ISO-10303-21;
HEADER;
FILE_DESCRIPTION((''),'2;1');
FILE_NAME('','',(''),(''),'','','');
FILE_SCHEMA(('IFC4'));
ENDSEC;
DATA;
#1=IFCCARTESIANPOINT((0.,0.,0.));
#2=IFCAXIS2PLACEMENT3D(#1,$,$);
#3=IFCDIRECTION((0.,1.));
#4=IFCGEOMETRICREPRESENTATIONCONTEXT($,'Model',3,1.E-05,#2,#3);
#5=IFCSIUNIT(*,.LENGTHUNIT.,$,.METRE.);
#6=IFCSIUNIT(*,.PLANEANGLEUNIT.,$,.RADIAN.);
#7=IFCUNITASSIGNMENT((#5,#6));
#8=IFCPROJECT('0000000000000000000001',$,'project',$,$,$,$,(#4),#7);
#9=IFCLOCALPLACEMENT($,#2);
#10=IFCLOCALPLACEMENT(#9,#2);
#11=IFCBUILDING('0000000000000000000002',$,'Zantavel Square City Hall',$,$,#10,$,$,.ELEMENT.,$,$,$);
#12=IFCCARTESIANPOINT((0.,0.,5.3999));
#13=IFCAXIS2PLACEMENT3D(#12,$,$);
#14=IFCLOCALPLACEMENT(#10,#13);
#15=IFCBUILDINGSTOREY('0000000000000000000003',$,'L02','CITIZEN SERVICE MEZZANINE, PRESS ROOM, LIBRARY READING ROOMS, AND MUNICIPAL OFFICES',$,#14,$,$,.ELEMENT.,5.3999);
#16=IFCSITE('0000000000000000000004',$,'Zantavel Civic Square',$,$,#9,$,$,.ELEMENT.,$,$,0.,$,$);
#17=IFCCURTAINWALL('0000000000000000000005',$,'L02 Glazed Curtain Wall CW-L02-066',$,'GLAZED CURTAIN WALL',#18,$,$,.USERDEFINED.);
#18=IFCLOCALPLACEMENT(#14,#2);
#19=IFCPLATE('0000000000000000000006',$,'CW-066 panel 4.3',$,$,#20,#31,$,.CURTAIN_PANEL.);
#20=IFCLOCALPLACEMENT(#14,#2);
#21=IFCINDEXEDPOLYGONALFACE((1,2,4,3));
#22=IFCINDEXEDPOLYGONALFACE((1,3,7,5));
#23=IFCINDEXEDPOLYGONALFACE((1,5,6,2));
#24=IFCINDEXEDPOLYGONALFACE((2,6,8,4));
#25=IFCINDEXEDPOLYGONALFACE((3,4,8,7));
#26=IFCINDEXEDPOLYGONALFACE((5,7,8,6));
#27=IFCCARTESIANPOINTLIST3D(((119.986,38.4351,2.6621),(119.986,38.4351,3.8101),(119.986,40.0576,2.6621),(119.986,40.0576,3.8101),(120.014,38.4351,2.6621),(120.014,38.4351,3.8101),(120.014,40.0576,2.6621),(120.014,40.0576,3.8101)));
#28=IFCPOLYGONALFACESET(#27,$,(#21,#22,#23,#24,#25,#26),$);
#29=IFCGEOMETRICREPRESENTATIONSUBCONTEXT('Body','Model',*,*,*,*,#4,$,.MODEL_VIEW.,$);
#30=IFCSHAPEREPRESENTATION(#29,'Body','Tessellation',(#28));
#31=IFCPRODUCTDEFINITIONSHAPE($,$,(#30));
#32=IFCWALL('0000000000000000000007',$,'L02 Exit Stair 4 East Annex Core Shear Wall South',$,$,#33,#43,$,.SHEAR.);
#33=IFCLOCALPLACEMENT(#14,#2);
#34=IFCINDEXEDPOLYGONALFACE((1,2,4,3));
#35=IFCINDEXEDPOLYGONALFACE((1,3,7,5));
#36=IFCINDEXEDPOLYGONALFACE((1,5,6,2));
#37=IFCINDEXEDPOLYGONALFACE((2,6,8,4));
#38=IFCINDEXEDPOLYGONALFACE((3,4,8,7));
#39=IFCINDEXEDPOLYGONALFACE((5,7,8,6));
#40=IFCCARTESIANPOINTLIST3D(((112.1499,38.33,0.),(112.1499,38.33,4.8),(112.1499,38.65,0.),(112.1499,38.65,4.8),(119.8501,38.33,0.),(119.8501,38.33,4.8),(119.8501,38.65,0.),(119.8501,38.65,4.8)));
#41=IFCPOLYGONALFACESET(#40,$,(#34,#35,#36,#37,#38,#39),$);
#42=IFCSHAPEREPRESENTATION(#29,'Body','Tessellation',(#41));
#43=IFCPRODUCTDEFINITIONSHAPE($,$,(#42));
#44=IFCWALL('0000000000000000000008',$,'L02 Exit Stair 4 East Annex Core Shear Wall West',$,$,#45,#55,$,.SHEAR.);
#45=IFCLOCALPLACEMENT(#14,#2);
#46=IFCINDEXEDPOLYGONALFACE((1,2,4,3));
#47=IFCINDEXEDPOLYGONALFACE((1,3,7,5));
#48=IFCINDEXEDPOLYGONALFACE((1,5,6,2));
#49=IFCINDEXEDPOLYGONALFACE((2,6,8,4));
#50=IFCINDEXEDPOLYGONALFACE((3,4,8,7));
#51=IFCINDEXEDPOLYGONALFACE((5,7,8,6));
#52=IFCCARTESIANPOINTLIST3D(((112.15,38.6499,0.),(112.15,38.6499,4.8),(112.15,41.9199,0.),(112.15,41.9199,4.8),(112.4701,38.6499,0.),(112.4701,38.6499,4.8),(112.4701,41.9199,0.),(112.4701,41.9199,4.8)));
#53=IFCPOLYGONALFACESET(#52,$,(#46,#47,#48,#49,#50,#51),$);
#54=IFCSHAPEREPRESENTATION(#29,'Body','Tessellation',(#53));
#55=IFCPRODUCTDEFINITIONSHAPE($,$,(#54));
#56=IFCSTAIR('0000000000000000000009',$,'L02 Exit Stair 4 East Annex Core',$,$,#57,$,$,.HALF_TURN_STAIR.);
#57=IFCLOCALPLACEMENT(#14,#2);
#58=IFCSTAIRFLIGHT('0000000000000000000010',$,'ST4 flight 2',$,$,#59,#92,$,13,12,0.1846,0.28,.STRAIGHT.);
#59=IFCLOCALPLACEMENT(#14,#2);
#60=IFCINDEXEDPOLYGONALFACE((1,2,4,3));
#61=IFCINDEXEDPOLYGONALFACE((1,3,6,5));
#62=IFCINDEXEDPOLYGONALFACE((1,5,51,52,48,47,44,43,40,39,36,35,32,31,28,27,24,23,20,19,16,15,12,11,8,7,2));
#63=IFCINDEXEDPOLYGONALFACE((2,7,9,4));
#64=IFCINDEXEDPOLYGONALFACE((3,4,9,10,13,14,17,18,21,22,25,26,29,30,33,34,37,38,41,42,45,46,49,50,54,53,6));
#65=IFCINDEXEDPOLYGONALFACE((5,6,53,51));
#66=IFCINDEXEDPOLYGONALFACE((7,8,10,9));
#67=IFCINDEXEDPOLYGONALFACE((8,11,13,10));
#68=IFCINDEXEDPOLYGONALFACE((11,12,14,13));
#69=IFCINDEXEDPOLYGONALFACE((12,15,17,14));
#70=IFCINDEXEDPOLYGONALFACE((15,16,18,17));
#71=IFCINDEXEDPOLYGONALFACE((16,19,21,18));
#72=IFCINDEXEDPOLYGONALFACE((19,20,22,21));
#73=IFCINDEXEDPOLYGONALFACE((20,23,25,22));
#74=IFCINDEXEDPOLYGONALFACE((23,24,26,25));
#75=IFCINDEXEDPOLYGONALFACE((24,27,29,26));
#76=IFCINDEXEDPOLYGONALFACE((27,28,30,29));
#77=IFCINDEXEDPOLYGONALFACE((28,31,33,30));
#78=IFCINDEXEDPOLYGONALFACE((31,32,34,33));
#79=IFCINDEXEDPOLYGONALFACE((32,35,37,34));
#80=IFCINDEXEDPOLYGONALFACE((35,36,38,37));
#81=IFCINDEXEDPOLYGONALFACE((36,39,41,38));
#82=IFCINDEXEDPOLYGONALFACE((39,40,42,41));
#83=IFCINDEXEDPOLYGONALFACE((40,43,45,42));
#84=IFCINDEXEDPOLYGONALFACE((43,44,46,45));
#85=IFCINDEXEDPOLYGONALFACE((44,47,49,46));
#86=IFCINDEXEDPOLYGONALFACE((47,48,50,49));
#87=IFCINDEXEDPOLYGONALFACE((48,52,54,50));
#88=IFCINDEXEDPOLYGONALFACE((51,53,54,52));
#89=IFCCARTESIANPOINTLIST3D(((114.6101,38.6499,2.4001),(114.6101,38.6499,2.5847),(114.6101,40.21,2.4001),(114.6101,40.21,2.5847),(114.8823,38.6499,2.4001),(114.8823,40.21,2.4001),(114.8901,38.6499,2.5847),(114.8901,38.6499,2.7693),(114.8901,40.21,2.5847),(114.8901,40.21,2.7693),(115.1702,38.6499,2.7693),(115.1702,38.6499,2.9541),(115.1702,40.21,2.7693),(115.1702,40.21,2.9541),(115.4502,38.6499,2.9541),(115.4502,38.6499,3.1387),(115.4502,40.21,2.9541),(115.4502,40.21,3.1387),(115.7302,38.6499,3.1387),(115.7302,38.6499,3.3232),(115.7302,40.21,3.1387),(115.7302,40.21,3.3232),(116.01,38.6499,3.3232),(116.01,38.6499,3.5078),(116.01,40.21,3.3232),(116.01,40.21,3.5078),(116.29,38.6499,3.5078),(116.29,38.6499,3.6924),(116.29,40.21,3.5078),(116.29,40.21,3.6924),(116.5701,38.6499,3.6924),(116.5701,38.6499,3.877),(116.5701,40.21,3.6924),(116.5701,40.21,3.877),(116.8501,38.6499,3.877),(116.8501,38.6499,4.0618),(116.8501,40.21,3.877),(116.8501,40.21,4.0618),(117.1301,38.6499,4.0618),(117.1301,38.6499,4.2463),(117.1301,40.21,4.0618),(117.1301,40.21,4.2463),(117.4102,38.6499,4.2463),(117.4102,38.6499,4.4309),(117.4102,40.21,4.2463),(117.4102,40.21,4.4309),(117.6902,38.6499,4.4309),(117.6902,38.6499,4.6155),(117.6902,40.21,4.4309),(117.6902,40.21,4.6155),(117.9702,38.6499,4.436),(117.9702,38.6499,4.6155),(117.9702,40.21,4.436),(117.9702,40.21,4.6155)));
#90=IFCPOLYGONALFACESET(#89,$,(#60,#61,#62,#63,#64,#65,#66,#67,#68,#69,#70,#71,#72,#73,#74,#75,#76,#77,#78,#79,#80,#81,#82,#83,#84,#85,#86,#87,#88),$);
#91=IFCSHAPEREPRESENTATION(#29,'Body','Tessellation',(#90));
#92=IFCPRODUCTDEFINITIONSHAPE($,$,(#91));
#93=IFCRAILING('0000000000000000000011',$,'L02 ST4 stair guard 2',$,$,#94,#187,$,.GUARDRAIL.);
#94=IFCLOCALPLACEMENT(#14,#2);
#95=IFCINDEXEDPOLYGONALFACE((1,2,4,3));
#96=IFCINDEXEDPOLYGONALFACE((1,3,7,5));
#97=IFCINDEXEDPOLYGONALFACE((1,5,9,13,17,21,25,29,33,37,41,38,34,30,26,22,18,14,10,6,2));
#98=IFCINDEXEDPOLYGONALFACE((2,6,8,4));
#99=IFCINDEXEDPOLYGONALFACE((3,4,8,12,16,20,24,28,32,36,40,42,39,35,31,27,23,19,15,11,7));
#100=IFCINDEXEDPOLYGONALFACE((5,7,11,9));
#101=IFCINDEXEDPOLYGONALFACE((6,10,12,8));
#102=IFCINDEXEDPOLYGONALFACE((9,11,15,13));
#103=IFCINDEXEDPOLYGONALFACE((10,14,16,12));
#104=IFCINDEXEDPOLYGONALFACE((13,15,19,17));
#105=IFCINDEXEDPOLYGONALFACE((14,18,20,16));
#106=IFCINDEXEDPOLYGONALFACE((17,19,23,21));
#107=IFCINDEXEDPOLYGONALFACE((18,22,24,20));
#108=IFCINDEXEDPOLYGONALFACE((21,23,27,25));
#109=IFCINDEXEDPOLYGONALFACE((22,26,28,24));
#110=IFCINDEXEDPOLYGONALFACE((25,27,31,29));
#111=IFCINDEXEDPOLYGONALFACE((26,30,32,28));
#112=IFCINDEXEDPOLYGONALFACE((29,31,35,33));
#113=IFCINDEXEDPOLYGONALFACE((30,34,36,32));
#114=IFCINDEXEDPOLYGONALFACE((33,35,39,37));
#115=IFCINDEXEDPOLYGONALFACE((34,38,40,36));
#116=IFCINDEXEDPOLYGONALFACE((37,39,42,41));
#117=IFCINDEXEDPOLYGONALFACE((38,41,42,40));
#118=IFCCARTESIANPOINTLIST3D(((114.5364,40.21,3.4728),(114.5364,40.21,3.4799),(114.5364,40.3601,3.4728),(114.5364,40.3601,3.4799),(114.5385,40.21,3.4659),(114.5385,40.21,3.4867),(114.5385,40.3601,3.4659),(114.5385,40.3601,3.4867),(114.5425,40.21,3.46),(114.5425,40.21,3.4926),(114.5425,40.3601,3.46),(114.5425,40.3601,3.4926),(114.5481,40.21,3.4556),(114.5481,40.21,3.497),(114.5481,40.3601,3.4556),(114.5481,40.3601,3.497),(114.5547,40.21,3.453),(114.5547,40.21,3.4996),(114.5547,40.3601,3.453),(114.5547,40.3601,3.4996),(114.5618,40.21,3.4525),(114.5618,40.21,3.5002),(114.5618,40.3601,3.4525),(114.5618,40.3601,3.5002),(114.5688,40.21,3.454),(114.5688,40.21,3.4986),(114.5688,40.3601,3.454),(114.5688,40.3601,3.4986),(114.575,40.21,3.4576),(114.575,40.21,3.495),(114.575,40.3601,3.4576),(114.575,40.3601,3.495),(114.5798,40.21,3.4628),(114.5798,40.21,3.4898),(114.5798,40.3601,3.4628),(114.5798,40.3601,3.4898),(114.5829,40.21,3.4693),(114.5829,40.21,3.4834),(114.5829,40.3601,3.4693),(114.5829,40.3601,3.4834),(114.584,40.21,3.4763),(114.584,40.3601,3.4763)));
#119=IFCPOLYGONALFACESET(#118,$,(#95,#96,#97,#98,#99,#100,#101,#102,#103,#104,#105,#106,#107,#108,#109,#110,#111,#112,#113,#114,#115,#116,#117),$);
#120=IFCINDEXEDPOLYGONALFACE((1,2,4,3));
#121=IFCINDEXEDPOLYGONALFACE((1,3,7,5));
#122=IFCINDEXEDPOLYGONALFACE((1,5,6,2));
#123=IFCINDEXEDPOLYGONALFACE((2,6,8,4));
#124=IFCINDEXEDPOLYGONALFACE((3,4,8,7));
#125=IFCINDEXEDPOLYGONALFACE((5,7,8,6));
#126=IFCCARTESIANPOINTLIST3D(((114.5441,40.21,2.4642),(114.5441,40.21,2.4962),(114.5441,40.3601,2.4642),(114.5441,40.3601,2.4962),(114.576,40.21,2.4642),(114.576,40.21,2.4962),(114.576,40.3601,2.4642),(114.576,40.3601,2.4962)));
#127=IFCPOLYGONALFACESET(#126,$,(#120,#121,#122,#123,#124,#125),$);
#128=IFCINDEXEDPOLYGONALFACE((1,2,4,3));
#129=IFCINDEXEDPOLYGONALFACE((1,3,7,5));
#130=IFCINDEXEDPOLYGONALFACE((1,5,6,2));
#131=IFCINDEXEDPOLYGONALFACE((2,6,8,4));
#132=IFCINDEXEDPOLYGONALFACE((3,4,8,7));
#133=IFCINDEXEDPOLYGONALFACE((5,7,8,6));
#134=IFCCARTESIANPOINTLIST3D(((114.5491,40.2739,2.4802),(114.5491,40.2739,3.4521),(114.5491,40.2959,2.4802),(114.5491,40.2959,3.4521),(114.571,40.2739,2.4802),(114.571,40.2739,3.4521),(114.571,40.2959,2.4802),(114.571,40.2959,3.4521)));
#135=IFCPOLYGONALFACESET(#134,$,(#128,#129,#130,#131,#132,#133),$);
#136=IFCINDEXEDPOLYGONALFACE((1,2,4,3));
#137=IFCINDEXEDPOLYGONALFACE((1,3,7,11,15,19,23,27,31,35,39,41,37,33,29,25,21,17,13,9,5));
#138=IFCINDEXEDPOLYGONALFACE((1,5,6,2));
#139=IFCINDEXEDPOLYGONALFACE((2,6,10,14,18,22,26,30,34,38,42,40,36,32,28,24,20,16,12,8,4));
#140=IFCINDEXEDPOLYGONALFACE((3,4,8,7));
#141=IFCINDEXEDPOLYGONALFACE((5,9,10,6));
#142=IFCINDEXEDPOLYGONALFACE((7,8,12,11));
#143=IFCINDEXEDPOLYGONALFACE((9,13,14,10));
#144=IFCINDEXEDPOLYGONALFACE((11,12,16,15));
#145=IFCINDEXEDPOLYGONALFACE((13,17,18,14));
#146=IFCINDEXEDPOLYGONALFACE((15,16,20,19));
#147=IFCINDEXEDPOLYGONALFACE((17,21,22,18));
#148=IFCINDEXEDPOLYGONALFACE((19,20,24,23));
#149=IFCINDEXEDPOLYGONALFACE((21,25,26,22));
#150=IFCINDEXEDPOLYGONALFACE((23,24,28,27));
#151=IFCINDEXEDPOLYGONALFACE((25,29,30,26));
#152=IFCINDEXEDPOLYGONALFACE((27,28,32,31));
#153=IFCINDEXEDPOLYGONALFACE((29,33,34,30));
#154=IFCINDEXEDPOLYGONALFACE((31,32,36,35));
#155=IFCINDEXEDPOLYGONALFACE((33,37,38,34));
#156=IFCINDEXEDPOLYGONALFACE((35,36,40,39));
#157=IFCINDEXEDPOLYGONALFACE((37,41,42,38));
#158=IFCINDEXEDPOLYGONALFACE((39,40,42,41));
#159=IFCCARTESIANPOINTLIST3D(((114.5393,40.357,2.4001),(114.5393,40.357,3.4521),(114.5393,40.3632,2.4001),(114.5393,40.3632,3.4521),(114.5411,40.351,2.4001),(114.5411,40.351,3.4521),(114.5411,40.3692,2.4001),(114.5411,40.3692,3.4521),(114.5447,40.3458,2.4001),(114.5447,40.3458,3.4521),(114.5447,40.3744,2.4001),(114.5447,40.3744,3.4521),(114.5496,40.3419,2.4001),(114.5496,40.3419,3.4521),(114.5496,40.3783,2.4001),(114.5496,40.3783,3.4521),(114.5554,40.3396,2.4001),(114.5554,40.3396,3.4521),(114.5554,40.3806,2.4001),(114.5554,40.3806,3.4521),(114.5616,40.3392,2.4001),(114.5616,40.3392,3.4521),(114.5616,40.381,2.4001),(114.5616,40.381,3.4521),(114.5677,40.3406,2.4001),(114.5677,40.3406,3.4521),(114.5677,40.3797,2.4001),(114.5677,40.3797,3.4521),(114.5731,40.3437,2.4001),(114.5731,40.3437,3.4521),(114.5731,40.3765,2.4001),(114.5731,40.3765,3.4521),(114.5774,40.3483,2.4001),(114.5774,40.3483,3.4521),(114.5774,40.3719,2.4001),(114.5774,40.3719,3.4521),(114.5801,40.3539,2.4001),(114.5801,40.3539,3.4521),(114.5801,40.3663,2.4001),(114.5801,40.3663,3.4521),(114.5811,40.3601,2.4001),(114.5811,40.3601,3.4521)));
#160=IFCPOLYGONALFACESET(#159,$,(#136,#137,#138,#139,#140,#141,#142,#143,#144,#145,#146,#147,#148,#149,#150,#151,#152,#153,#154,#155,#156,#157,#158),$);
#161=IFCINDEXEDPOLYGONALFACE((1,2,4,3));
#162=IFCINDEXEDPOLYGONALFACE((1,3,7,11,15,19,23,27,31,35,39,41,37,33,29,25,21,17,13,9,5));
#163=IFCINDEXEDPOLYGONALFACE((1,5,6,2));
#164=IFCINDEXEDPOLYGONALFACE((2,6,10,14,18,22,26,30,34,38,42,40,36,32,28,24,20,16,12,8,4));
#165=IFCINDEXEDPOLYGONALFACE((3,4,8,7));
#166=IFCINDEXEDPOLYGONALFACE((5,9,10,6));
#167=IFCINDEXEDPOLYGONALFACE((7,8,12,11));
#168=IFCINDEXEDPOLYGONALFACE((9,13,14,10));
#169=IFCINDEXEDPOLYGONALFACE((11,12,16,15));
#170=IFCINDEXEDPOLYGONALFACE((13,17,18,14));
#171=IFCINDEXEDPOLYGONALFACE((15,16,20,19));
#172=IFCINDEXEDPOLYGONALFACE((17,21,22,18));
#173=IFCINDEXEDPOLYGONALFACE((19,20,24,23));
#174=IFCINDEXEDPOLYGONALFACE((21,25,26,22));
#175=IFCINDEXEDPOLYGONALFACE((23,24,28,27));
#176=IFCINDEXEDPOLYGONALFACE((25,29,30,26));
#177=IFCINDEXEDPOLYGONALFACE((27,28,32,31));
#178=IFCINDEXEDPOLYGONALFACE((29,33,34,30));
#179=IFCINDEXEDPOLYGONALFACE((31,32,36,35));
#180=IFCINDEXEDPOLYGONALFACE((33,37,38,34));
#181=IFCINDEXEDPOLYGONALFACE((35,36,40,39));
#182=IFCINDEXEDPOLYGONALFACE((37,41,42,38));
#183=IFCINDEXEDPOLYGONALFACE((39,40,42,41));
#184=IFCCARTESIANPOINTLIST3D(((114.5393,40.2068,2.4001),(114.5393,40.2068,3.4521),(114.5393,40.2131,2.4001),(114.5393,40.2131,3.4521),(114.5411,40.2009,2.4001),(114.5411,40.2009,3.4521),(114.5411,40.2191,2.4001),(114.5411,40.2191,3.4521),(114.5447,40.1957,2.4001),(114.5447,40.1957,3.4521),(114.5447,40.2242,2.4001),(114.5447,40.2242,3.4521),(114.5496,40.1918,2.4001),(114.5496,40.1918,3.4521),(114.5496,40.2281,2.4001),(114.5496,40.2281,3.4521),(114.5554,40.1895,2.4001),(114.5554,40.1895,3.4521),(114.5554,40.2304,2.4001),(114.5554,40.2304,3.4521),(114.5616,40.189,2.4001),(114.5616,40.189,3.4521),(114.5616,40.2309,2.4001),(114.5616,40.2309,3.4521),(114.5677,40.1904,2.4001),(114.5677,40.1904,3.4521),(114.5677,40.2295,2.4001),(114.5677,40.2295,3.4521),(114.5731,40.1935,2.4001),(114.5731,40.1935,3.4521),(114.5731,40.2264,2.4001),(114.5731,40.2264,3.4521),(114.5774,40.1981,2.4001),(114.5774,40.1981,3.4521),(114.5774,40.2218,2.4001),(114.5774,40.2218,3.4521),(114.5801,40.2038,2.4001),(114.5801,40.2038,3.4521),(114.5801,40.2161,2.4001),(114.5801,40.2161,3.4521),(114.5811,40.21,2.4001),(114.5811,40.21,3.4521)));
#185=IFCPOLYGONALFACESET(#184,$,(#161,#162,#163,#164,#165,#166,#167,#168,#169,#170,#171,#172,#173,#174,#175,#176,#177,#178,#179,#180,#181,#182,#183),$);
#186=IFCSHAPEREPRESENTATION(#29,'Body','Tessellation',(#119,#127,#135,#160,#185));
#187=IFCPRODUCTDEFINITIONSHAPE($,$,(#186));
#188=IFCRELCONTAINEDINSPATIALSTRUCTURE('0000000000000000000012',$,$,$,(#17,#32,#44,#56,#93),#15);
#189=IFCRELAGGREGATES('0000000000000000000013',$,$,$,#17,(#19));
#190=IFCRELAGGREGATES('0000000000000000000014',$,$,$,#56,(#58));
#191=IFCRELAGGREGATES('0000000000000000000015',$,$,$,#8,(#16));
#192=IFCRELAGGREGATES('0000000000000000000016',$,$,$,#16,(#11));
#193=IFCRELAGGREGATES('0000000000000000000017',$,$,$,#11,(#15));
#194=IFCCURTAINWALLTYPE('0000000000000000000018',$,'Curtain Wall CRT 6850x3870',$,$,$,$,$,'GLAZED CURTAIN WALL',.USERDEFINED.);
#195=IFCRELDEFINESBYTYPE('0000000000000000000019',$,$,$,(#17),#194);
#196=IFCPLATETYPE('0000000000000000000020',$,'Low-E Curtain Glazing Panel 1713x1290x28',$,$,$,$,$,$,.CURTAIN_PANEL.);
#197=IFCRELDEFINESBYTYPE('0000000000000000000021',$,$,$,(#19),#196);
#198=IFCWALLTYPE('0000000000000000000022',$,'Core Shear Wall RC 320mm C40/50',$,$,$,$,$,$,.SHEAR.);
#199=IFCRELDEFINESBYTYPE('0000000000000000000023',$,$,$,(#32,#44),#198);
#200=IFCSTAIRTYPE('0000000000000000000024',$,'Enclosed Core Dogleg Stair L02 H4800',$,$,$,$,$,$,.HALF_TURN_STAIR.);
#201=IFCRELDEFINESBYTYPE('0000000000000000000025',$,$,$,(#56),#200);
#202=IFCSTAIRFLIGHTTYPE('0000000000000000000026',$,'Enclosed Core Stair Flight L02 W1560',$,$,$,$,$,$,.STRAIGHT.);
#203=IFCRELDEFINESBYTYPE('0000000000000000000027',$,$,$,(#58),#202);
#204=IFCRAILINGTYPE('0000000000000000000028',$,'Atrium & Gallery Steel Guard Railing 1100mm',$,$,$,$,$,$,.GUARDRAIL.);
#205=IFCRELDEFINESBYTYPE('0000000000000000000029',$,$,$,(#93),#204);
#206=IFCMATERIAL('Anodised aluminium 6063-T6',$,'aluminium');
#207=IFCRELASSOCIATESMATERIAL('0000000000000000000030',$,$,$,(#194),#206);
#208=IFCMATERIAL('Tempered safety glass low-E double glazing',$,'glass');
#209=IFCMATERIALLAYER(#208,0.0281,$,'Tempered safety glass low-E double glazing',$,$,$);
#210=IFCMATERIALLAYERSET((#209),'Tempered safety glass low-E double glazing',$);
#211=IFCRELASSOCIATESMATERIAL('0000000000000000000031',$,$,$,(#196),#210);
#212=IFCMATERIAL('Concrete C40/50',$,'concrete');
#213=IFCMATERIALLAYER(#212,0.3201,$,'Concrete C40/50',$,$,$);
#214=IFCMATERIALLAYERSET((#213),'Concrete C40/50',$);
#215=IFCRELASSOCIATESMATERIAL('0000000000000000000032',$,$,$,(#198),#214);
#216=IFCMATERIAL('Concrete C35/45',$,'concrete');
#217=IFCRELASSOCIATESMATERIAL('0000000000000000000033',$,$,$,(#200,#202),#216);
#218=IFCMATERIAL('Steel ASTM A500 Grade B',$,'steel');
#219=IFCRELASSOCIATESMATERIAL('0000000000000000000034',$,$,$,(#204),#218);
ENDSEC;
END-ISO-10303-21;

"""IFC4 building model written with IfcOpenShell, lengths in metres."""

from ifc_helpers import new_model, si_unit, direction, frame, frame_2d, origin, origin_2d, place, context, subcontext, project, spatial, polyline, rectangle, circle, outline, extrude, material, layer, layer_set, type_object, element, aggregate, save


model = new_model("IFC4")

# Units and contexts
model_context = context("Model", 3, precision=1e-05, world=origin(), true_north=direction((0.0, 1.0)))
body_context = subcontext(model_context, "Body", "Model", "MODEL_VIEW")
ifc_project = project(units=[si_unit("LENGTHUNIT", "METRE"), si_unit("PLANEANGLEUNIT", "RADIAN")], contexts=[model_context])

# Site, building, storey
site_placement = place(None, origin())
site = spatial("IfcSite", under=ifc_project, at=site_placement, Name="Zantavel Civic Square", CompositionType="ELEMENT", RefElevation=0.0)
building_placement = place(site_placement, origin())
building = spatial("IfcBuilding", under=site, at=building_placement, Name="Zantavel Square City Hall", CompositionType="ELEMENT")
storey_placement = place(building_placement, frame((0.0, 0.0, 5.3999)))
storey = spatial("IfcBuildingStorey", under=building, at=storey_placement, Name="L02", Description="CITIZEN SERVICE MEZZANINE, PRESS ROOM, LIBRARY READING ROOMS, AND MUNICIPAL OFFICES", CompositionType="ELEMENT", Elevation=5.3999)

# Shared definitions
ifc_material_1 = material(Name="Concrete C35/45", Category="concrete")

# Curtain wall, plate
ifc_material_2 = material(Name="Anodised aluminium 6063-T6", Category="aluminium")
curtain_wall_type = type_object("IfcCurtainWallType", Name="Curtain Wall CRT 6850x3870", ElementType="GLAZED CURTAIN WALL", PredefinedType="USERDEFINED", material=ifc_material_2)
curtain_wall_placement = place(storey_placement, origin())
curtain_wall = element("IfcCurtainWall", 1, at=curtain_wall_placement, inside=storey, type_object=curtain_wall_type, Name="L02 Glazed Curtain Wall CW-L02-066", ObjectType="GLAZED CURTAIN WALL", PredefinedType="USERDEFINED")
ifc_material_3 = material(Name="Tempered safety glass low-E double glazing", Category="glass")
ifc_layer_1 = layer(ifc_material_3, 0.0281, Name="Tempered safety glass low-E double glazing")
ifc_layer_set_1 = layer_set([ifc_layer_1], Name="Tempered safety glass low-E double glazing")
plate_type = type_object("IfcPlateType", Name="Low-E Curtain Glazing Panel 1713x1290x28", PredefinedType="CURTAIN_PANEL", material=ifc_layer_set_1)
plate_1_placement = place(storey_placement, frame((120.0, 39.2463, 2.6621), z_axis=(0.0, 0.0, 1.0), x_axis=(0.0, -1.0, 0.0)))
plate_1 = element("IfcPlate", 2, at=plate_1_placement, type_object=plate_type, Name="CW-066 panel 4.3", PredefinedType="CURTAIN_PANEL", context=body_context, shape_type="SweptSolid", body=[
    extrude(rectangle(XDim=1.6226, YDim=0.0281, at=origin_2d()), origin(), (0.0, 0.0, 1.0), 1.1479),
])
aggregate(curtain_wall, [plate_1])

# Walls
ifc_material_4 = material(Name="Concrete C40/50", Category="concrete")
ifc_layer_2 = layer(ifc_material_4, 0.3201, Name="Concrete C40/50")
ifc_layer_set_2 = layer_set([ifc_layer_2], Name="Concrete C40/50")
wall_type = type_object("IfcWallType", Name="Core Shear Wall RC 320mm C40/50", PredefinedType="SHEAR", material=ifc_layer_set_2)
wall_1_placement = place(storey_placement, frame((119.8501, 38.49, 0.0), z_axis=(0.0, 0.0, 1.0), x_axis=(-1.0, 0.0, 0.0)))
element("IfcWall", 3, at=wall_1_placement, inside=storey, type_object=wall_type, Name="L02 Exit Stair 4 East Annex Core Shear Wall South", PredefinedType="SHEAR", context=body_context, shape_type="SweptSolid", body=[
    extrude(rectangle(XDim=7.7002, YDim=0.3201, at=frame_2d((3.8501, 0.0))), origin(), (0.0, 0.0, 1.0), 4.8),
])
wall_2_placement = place(storey_placement, frame((112.3101, 38.6499, 0.0), z_axis=(0.0, 0.0, 1.0), x_axis=(0.0, 1.0, 0.0)))
element("IfcWall", 4, at=wall_2_placement, inside=storey, type_object=wall_type, Name="L02 Exit Stair 4 East Annex Core Shear Wall West", PredefinedType="SHEAR", context=body_context, shape_type="SweptSolid", body=[
    extrude(rectangle(XDim=3.27, YDim=0.3201, at=frame_2d((1.635, 0.0))), origin(), (0.0, 0.0, 1.0), 4.8),
])

# Stair, stair flight
stair_type = type_object("IfcStairType", Name="Enclosed Core Dogleg Stair L02 H4800", PredefinedType="HALF_TURN_STAIR", material=ifc_material_1)
stair_placement = place(storey_placement, origin())
stair = element("IfcStair", 5, at=stair_placement, inside=storey, type_object=stair_type, Name="L02 Exit Stair 4 East Annex Core", PredefinedType="HALF_TURN_STAIR")
stair_flight_type = type_object("IfcStairFlightType", Name="Enclosed Core Stair Flight L02 W1560", PredefinedType="STRAIGHT", material=ifc_material_1)
stair_flight_placement = place(storey_placement, frame((114.6101, 39.4299, 2.4001), z_axis=(0.0, 0.0, 1.0), x_axis=(1.0, 0.0, 0.0)))
stair_flight = element("IfcStairFlight", 6, at=stair_flight_placement, type_object=stair_flight_type, Name="ST4 flight 2", NumberOfRisers=13, NumberOfTreads=12, PredefinedType="STRAIGHT", RiserHeight=0.1846, TreadLength=0.28, context=body_context, shape_type="SweptSolid", body=[
    extrude(outline(polyline([(0.0, 0.0), (0.0, 0.1846), (0.28, 0.1846), (0.28, 0.3691), (0.5601, 0.3691), (0.5601, 0.554), (0.8401, 0.554), (0.8401, 0.7385), (1.1201, 0.7385), (1.1201, 0.9231), (1.3999, 0.9231), (1.3999, 1.1077), (1.6799, 1.1077), (1.6799, 1.2922), (1.96, 1.2922), (1.96, 1.4768), (2.24, 1.4768), (2.24, 1.6616), (2.52, 1.6616), (2.52, 1.8462), (2.8, 1.8462), (2.8, 2.0308), (3.0801, 2.0308), (3.0801, 2.2153), (3.3601, 2.2153), (3.3601, 2.3999), (3.3601, 2.0359), (0.2722, 0.0), (0.0, 0.0)])), frame((0.0, 0.78, 0.0), z_axis=(0.0, -1.0, 0.0), x_axis=(1.0, 0.0, 0.0)), (0.0, 0.0, 1.0), 1.5601),
])
aggregate(stair, [stair_flight])

# Railing
ifc_material_5 = material(Name="Steel ASTM A500 Grade B", Category="steel")
railing_type_1 = type_object("IfcRailingType", Name="Atrium & Gallery Steel Guard Railing 1100mm", PredefinedType="GUARDRAIL", material=ifc_material_5)
railing_1_placement = place(storey_placement, frame((114.5601, 40.3601, 2.4001)))
element("IfcRailing", 7, at=railing_1_placement, inside=storey, type_object=railing_type_1, Name="L02 ST4 stair guard 2", PredefinedType="GUARDRAIL", context=body_context, shape_type="SweptSolid", body=[
    extrude(circle(Radius=0.0239, at=origin_2d()), frame((0.0, 0.0, 1.0762), z_axis=(0.0, -1.0, 0.0), x_axis=(1.0, 0.0, 0.0)), (0.0, 0.0, 1.0), 0.1501),
    extrude(rectangle(XDim=0.032, YDim=0.032, at=origin_2d()), frame((0.0, 0.0, 0.0801), z_axis=(0.0, -1.0, 0.0), x_axis=(1.0, 0.0, 0.0)), (0.0, 0.0, 1.0), 0.1501),
    extrude(rectangle(XDim=0.022, YDim=0.022, at=origin_2d()), frame((0.0, -0.0752, 0.0801)), (0.0, 0.0, 1.0), 0.9719),
    extrude(circle(Radius=0.021, at=origin_2d()), origin(), (0.0, 0.0, 1.0), 1.052),
    extrude(circle(Radius=0.021, at=origin_2d()), frame((0.0, -0.1501, 0.0)), (0.0, 0.0, 1.0), 1.052),
])

save(model, "model.ifc")
